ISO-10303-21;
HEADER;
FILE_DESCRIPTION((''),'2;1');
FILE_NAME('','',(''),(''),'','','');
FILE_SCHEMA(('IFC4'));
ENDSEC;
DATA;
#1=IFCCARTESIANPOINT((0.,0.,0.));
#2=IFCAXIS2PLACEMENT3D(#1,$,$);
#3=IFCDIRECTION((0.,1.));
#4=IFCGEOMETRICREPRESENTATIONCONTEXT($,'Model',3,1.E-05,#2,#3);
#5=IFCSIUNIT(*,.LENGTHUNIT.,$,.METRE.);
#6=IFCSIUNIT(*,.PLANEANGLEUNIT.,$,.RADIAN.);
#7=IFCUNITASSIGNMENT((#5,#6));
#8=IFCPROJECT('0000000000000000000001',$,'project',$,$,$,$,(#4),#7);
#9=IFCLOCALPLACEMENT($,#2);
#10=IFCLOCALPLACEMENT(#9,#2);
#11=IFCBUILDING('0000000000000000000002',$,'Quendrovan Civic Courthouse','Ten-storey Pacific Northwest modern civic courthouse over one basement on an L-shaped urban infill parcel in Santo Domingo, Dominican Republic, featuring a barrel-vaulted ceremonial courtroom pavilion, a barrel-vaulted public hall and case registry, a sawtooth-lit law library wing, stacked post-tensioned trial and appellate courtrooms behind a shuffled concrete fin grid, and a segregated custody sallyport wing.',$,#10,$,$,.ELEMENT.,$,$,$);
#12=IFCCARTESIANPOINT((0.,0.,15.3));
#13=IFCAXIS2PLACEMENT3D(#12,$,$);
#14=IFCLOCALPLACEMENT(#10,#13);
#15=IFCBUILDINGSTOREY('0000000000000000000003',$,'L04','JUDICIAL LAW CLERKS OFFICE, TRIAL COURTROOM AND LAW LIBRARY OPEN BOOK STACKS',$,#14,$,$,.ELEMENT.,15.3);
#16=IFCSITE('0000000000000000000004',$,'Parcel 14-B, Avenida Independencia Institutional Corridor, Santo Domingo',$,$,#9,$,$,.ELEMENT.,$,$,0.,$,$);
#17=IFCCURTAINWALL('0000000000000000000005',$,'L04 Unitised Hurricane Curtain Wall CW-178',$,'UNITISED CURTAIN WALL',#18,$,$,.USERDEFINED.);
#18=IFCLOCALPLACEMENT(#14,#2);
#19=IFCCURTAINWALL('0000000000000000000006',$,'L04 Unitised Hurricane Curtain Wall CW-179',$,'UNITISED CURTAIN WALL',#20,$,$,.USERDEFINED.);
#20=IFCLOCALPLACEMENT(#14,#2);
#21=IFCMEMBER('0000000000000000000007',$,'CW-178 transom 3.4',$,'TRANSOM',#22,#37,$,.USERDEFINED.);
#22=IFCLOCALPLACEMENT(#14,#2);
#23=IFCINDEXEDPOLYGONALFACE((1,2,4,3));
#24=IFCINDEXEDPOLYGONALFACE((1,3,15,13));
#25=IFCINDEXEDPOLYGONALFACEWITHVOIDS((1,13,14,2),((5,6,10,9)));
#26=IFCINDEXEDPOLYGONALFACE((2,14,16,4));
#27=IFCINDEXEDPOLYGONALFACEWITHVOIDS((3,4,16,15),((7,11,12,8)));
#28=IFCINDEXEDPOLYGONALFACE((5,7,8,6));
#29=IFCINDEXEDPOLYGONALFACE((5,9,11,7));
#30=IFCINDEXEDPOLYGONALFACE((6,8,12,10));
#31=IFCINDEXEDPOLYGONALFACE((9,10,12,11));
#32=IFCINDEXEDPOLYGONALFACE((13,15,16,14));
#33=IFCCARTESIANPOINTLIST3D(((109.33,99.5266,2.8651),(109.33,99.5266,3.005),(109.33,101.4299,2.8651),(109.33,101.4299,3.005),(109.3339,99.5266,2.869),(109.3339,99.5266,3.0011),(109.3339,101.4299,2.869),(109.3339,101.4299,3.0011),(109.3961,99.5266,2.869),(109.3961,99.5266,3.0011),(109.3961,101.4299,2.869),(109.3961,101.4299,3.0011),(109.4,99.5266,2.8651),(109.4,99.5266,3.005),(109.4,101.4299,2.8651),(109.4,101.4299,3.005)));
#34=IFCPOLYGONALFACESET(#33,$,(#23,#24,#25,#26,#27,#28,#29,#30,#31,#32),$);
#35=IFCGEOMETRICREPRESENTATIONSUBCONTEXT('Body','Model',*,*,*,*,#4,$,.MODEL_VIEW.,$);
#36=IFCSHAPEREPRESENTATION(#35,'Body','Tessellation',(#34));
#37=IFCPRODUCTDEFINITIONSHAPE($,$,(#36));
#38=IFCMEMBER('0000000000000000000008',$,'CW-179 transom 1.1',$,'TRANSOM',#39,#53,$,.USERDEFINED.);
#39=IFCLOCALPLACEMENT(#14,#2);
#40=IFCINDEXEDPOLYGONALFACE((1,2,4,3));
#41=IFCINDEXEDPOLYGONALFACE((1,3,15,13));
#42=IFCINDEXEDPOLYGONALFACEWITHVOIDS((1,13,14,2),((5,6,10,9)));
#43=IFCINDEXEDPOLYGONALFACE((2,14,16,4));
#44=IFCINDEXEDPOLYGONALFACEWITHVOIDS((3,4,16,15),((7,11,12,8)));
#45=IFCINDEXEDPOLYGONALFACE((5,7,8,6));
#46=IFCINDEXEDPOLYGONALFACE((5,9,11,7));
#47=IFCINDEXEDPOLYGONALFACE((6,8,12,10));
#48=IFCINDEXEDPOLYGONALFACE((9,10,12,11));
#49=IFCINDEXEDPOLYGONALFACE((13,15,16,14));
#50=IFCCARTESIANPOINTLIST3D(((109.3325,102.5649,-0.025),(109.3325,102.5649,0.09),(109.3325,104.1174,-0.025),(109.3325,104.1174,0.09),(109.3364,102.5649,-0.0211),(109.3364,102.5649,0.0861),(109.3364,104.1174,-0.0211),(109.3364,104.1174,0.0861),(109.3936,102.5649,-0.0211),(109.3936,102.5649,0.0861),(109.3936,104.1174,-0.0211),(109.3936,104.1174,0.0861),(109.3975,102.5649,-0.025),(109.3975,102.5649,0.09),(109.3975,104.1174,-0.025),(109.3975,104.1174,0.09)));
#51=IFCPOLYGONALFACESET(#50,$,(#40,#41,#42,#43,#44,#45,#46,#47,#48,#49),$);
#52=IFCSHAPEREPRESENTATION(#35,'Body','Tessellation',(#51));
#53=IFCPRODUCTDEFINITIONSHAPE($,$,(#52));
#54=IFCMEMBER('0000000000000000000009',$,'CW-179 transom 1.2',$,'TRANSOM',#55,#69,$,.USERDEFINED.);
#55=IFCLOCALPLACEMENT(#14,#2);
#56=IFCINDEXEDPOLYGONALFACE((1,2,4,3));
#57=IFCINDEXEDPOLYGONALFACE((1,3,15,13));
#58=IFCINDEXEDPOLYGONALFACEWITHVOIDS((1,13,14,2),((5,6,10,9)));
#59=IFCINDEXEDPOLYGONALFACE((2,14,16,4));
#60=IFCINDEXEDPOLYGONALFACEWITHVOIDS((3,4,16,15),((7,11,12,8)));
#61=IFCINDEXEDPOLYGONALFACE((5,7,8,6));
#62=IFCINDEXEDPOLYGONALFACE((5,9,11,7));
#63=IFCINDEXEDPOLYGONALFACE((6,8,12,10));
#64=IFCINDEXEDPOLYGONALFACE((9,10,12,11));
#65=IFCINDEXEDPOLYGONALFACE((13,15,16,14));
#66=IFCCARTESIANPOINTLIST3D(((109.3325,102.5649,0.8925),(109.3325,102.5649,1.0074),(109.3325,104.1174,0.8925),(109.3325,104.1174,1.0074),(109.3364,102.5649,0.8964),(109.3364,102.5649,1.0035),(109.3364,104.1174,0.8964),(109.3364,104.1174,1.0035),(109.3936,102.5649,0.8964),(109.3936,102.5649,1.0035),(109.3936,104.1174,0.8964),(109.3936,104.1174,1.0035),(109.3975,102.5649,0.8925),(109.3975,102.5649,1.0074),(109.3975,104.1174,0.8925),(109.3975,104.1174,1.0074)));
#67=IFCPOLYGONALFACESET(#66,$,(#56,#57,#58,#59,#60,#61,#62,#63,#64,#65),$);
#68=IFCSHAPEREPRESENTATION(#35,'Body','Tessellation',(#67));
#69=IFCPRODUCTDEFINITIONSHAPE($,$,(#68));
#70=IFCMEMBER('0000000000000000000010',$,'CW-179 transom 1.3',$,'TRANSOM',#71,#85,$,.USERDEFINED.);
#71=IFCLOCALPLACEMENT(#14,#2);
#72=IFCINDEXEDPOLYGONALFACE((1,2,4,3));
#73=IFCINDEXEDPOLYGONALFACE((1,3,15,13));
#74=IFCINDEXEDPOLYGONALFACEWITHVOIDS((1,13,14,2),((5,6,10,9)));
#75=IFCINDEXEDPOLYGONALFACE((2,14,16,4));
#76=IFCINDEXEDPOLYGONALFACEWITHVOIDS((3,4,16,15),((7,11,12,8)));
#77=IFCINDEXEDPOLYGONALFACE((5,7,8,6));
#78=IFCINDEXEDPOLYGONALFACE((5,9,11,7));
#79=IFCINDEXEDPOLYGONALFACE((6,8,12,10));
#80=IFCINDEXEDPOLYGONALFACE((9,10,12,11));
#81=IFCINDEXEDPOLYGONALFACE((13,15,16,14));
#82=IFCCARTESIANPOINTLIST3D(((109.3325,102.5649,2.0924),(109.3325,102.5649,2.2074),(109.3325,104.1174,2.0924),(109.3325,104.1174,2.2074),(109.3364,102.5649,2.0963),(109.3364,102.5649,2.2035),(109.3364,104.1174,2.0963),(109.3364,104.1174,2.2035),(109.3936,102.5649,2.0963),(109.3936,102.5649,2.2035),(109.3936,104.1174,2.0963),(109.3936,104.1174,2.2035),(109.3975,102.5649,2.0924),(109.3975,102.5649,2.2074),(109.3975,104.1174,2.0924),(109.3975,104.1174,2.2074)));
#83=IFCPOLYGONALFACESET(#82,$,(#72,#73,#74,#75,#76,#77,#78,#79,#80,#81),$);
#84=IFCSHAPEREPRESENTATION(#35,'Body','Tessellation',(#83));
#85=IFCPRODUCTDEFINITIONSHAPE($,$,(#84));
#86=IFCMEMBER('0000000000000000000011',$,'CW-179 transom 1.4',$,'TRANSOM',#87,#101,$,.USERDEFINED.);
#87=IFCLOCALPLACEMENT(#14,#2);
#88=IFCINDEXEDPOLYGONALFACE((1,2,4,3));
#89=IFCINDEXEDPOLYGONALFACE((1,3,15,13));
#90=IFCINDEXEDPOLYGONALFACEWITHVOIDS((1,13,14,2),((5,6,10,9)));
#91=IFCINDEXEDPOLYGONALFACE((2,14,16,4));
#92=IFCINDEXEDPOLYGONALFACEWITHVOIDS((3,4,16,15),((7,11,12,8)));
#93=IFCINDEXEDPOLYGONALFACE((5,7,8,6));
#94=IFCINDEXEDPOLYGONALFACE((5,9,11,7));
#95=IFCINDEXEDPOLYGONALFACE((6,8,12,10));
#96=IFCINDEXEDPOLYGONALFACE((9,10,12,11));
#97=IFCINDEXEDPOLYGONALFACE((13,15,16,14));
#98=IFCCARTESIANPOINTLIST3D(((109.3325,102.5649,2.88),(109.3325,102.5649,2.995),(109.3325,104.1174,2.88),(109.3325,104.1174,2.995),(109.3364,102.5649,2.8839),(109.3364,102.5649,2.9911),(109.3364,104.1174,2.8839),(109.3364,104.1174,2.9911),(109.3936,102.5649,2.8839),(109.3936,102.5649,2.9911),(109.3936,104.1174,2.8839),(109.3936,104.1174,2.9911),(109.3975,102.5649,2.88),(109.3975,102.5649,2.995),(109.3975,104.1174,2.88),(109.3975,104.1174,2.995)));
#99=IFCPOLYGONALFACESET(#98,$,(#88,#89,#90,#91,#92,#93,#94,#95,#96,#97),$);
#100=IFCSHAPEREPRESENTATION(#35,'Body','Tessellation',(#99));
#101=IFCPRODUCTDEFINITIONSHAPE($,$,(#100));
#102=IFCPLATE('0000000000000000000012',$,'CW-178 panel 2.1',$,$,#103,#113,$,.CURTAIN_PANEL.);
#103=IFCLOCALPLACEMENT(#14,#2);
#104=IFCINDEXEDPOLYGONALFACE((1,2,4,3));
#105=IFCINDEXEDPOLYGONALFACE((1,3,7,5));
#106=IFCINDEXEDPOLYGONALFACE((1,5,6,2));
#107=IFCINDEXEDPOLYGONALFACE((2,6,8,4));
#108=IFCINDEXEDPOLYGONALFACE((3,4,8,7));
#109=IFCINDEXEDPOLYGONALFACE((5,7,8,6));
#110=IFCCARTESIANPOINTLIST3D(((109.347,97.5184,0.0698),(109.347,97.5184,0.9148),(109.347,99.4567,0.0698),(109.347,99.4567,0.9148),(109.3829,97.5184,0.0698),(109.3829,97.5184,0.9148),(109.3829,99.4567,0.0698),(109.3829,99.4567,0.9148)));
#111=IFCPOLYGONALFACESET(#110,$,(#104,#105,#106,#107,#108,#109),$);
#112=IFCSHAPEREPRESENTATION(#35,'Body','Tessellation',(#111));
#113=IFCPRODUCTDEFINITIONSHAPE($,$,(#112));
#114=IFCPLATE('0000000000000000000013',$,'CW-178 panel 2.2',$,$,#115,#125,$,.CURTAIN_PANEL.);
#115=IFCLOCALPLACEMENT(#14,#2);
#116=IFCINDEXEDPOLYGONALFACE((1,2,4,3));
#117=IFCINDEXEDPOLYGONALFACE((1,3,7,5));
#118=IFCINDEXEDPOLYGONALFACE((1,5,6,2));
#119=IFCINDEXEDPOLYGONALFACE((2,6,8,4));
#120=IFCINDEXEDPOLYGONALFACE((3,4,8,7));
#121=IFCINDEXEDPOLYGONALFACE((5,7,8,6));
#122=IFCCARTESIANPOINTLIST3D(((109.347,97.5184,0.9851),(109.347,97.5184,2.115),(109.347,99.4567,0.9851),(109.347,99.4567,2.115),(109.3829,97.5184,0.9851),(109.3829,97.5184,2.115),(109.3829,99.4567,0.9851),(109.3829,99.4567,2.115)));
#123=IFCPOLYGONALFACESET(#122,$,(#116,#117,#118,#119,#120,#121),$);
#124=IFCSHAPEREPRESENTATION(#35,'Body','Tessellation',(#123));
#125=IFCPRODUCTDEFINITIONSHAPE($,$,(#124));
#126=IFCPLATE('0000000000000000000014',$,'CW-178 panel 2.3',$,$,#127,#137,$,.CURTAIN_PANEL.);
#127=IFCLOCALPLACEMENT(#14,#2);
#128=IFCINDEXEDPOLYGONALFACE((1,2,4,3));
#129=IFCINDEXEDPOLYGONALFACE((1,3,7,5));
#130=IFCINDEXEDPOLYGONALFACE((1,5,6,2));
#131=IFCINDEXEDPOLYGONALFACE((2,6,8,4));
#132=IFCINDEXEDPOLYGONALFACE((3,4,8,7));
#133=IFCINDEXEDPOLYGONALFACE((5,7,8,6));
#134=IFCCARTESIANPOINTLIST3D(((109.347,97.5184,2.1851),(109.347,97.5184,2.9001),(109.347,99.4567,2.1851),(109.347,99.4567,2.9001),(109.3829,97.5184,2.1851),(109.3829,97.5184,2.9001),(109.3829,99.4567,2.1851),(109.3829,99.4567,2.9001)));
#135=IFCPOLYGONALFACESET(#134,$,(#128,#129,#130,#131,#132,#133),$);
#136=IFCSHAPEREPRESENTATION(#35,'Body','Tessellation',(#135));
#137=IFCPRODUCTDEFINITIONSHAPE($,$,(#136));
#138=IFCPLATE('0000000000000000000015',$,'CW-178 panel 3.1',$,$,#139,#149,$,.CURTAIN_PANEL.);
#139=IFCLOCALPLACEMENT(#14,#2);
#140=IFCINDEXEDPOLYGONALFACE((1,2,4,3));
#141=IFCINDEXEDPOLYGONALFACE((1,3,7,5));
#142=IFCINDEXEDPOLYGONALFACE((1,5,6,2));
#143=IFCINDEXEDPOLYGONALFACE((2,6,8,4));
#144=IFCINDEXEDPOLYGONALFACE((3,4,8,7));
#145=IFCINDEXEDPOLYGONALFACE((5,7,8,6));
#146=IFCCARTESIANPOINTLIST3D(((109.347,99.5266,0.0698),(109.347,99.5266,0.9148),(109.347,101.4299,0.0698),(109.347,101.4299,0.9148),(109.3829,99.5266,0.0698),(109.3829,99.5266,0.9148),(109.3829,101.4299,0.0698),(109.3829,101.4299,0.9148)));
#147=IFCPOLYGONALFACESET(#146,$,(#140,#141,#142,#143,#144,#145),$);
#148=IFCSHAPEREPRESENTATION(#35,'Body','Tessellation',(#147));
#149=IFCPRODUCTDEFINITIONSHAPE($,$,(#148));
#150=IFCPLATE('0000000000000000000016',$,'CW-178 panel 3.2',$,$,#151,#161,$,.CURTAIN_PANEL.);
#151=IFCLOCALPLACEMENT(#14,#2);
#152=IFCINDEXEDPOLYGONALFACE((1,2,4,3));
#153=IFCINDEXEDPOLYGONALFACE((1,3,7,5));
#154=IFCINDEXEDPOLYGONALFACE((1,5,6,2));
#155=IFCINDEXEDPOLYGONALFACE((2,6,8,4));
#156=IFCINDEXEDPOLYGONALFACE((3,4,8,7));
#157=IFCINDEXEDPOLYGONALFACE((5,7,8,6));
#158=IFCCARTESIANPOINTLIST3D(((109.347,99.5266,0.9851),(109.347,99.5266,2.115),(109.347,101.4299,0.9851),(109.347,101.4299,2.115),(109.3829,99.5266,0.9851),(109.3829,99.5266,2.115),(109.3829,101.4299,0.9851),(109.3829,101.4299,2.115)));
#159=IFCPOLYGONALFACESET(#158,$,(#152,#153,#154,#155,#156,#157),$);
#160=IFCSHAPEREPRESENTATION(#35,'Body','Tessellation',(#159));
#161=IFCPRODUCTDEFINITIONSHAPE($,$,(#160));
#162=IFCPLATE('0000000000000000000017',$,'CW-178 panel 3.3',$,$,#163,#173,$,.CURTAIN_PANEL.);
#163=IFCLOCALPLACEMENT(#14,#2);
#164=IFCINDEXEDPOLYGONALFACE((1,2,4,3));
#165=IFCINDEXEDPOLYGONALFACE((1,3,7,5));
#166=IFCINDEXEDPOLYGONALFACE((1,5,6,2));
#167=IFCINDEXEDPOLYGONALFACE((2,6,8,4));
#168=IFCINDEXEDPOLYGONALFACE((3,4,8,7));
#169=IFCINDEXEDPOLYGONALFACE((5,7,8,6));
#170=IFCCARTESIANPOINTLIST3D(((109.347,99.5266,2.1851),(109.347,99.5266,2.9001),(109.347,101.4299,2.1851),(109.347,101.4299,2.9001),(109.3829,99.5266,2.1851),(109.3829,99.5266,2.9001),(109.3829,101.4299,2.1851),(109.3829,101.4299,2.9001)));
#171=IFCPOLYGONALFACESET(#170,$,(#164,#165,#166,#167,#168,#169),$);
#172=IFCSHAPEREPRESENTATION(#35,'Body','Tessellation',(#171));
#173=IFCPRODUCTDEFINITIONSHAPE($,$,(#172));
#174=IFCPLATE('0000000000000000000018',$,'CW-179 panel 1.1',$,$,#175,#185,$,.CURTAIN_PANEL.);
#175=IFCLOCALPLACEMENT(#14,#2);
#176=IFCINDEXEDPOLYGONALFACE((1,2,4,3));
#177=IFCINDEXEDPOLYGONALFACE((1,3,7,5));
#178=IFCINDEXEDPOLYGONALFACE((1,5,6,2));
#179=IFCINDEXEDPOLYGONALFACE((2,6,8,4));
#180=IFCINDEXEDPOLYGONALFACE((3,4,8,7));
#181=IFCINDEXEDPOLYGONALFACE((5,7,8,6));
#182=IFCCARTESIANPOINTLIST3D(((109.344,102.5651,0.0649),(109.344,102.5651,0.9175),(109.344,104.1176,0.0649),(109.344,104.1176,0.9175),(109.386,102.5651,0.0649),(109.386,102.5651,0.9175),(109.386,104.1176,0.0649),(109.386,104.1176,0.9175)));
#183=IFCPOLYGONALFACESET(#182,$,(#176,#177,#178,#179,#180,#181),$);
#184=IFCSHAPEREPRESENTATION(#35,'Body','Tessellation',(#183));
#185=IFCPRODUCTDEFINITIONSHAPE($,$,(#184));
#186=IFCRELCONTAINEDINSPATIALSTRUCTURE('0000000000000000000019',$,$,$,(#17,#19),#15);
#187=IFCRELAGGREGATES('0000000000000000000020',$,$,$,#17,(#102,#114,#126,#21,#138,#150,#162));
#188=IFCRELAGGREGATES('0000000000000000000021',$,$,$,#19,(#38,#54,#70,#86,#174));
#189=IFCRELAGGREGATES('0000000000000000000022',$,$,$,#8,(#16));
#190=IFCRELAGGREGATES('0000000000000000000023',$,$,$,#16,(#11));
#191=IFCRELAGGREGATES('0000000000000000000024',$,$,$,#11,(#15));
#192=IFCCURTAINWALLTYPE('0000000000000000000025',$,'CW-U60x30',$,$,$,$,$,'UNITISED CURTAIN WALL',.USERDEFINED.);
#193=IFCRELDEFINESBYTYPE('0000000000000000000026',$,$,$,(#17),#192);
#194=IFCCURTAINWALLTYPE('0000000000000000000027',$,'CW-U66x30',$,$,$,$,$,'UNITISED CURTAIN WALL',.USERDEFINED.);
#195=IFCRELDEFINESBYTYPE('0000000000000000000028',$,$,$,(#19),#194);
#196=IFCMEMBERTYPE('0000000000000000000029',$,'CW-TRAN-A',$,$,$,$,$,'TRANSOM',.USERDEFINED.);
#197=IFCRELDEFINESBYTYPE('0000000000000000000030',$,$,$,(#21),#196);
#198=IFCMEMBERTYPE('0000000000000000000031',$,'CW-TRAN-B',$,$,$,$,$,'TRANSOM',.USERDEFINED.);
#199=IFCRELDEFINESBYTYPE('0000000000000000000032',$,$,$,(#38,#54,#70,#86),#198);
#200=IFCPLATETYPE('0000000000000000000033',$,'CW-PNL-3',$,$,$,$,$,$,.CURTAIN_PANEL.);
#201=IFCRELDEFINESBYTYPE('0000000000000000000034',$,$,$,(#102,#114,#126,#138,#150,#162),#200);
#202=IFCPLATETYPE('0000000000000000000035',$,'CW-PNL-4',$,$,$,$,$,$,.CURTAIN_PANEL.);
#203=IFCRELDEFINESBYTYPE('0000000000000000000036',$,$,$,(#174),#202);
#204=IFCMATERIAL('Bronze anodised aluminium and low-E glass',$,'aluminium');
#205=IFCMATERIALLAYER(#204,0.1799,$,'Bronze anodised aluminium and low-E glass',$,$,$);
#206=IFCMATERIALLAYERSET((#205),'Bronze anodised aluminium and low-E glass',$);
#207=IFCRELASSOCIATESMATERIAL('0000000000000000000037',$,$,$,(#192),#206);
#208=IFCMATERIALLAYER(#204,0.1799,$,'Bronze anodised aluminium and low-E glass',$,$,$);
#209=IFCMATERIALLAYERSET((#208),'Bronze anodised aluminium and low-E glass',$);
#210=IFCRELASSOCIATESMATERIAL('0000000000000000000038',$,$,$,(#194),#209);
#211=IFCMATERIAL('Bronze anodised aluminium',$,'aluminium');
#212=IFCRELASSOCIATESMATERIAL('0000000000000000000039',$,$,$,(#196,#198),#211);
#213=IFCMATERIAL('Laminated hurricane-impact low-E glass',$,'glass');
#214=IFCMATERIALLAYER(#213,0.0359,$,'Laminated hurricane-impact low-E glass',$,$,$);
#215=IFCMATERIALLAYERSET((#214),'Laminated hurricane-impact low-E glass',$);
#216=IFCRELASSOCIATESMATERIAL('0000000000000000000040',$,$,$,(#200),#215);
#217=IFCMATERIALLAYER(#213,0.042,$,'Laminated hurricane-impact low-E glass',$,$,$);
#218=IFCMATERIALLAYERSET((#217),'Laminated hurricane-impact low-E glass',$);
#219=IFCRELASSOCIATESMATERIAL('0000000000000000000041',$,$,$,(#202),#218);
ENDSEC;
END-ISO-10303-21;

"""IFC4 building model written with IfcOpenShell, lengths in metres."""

from ifc_helpers import new_model, si_unit, direction, frame, origin, origin_2d, place, context, subcontext, project, spatial, rectangle, hollow_rectangle, extrude, material, layer, layer_set, material_profile, profile_set, type_object, element, aggregate, save


model = new_model("IFC4")

# Units and contexts
model_context = context("Model", 3, precision=1e-05, world=origin(), true_north=direction((0.0, 1.0)))
body_context = subcontext(model_context, "Body", "Model", "MODEL_VIEW")
ifc_project = project(units=[si_unit("LENGTHUNIT", "METRE"), si_unit("PLANEANGLEUNIT", "RADIAN")], contexts=[model_context])

# Site, building, storey
site_placement = place(None, origin())
site = spatial("IfcSite", under=ifc_project, at=site_placement, Name="Parcel 14-B, Avenida Independencia Institutional Corridor, Santo Domingo", CompositionType="ELEMENT", RefElevation=0.0)
building_placement = place(site_placement, origin())
building = spatial("IfcBuilding", under=site, at=building_placement, Name="Quendrovan Civic Courthouse", Description="Ten-storey Pacific Northwest modern civic courthouse over one basement on an L-shaped urban infill parcel in Santo Domingo, Dominican Republic, featuring a barrel-vaulted ceremonial courtroom pavilion, a barrel-vaulted public hall and case registry, a sawtooth-lit law library wing, stacked post-tensioned trial and appellate courtrooms behind a shuffled concrete fin grid, and a segregated custody sallyport wing.", CompositionType="ELEMENT")
storey_placement = place(building_placement, frame((0.0, 0.0, 15.3)))
storey = spatial("IfcBuildingStorey", under=building, at=storey_placement, Name="L04", Description="JUDICIAL LAW CLERKS OFFICE, TRIAL COURTROOM AND LAW LIBRARY OPEN BOOK STACKS", CompositionType="ELEMENT", Elevation=15.3)

# Curtain wall
ifc_material_1 = material(Name="Bronze anodised aluminium and low-E glass", Category="aluminium")
ifc_layer_1 = layer(ifc_material_1, 0.1799, Name="Bronze anodised aluminium and low-E glass")
ifc_layer_set_1 = layer_set([ifc_layer_1], Name="Bronze anodised aluminium and low-E glass")
curtain_wall_type_1 = type_object("IfcCurtainWallType", Name="CW-U60x30", ElementType="UNITISED CURTAIN WALL", PredefinedType="USERDEFINED", material=ifc_layer_set_1)
curtain_wall_1_placement = place(storey_placement, origin())
curtain_wall_1 = element("IfcCurtainWall", 1, at=curtain_wall_1_placement, inside=storey, type_object=curtain_wall_type_1, Name="L04 Unitised Hurricane Curtain Wall CW-178", ObjectType="UNITISED CURTAIN WALL", PredefinedType="USERDEFINED")
ifc_material_2 = material(Name="Bronze anodised aluminium", Category="aluminium")

# Curtain wall
ifc_layer_2 = layer(ifc_material_1, 0.1799, Name="Bronze anodised aluminium and low-E glass")
ifc_layer_set_2 = layer_set([ifc_layer_2], Name="Bronze anodised aluminium and low-E glass")
curtain_wall_type_2 = type_object("IfcCurtainWallType", Name="CW-U66x30", ElementType="UNITISED CURTAIN WALL", PredefinedType="USERDEFINED", material=ifc_layer_set_2)
curtain_wall_2_placement = place(storey_placement, origin())
curtain_wall_2 = element("IfcCurtainWall", 2, at=curtain_wall_2_placement, inside=storey, type_object=curtain_wall_type_2, Name="L04 Unitised Hurricane Curtain Wall CW-179", ObjectType="UNITISED CURTAIN WALL", PredefinedType="USERDEFINED")

# Members
ifc_material_profile_1 = material_profile(ifc_material_2, hollow_rectangle(XDim=0.0701, YDim=0.1399, WallThickness=0.0039, at=origin_2d()), Name="CW-TRAN-70x140")
ifc_profile_set_1 = profile_set([ifc_material_profile_1], Name="Bronze anodised aluminium")
member_type_1 = type_object("IfcMemberType", Name="CW-TRAN-A", ElementType="TRANSOM", PredefinedType="USERDEFINED", material=ifc_profile_set_1)
member_1_placement = place(storey_placement, frame((109.365, 99.5266, 2.9351), z_axis=(0.0, 1.0, 0.0), x_axis=(-1.0, 0.0, 0.0)))
member_1 = element("IfcMember", 3, at=member_1_placement, type_object=member_type_1, Name="CW-178 transom 3.4", ObjectType="TRANSOM", PredefinedType="USERDEFINED", context=body_context, shape_type="SweptSolid", body=[
    extrude(hollow_rectangle(XDim=0.0701, YDim=0.1399, WallThickness=0.0039, at=origin_2d()), origin(), (0.0, 0.0, 1.0), 1.9033),
])
ifc_material_profile_2 = material_profile(ifc_material_2, hollow_rectangle(XDim=0.0649, YDim=0.115, WallThickness=0.0039, at=origin_2d()), Name="CW-TRAN-65x115")
ifc_profile_set_2 = profile_set([ifc_material_profile_2], Name="Bronze anodised aluminium")
member_type_2 = type_object("IfcMemberType", Name="CW-TRAN-B", ElementType="TRANSOM", PredefinedType="USERDEFINED", material=ifc_profile_set_2)
member_2_placement = place(storey_placement, frame((109.365, 102.5649, 0.0325), z_axis=(0.0, 1.0, 0.0), x_axis=(-1.0, 0.0, 0.0)))
member_2 = element("IfcMember", 4, at=member_2_placement, type_object=member_type_2, Name="CW-179 transom 1.1", ObjectType="TRANSOM", PredefinedType="USERDEFINED", context=body_context, shape_type="SweptSolid", body=[
    extrude(hollow_rectangle(XDim=0.0649, YDim=0.115, WallThickness=0.0039, at=origin_2d()), origin(), (0.0, 0.0, 1.0), 1.5525),
])
member_3_placement = place(storey_placement, frame((109.365, 102.5649, 0.95), z_axis=(0.0, 1.0, 0.0), x_axis=(-1.0, 0.0, 0.0)))
member_3 = element("IfcMember", 5, at=member_3_placement, type_object=member_type_2, Name="CW-179 transom 1.2", ObjectType="TRANSOM", PredefinedType="USERDEFINED", context=body_context, shape_type="SweptSolid", body=[
    extrude(hollow_rectangle(XDim=0.0649, YDim=0.115, WallThickness=0.0039, at=origin_2d()), origin(), (0.0, 0.0, 1.0), 1.5525),
])
member_4_placement = place(storey_placement, frame((109.365, 102.5649, 2.1499), z_axis=(0.0, 1.0, 0.0), x_axis=(-1.0, 0.0, 0.0)))
member_4 = element("IfcMember", 6, at=member_4_placement, type_object=member_type_2, Name="CW-179 transom 1.3", ObjectType="TRANSOM", PredefinedType="USERDEFINED", context=body_context, shape_type="SweptSolid", body=[
    extrude(hollow_rectangle(XDim=0.0649, YDim=0.115, WallThickness=0.0039, at=origin_2d()), origin(), (0.0, 0.0, 1.0), 1.5525),
])
member_5_placement = place(storey_placement, frame((109.365, 102.5649, 2.9375), z_axis=(0.0, 1.0, 0.0), x_axis=(-1.0, 0.0, 0.0)))
member_5 = element("IfcMember", 7, at=member_5_placement, type_object=member_type_2, Name="CW-179 transom 1.4", ObjectType="TRANSOM", PredefinedType="USERDEFINED", context=body_context, shape_type="SweptSolid", body=[
    extrude(hollow_rectangle(XDim=0.0649, YDim=0.115, WallThickness=0.0039, at=origin_2d()), origin(), (0.0, 0.0, 1.0), 1.5525),
])

# Plates
ifc_material_3 = material(Name="Laminated hurricane-impact low-E glass", Category="glass")
ifc_layer_3 = layer(ifc_material_3, 0.0359, Name="Laminated hurricane-impact low-E glass")
ifc_layer_set_3 = layer_set([ifc_layer_3], Name="Laminated hurricane-impact low-E glass")
plate_type_1 = type_object("IfcPlateType", Name="CW-PNL-3", PredefinedType="CURTAIN_PANEL", material=ifc_layer_set_3)
plate_1_placement = place(storey_placement, frame((109.365, 98.4875, 0.0698), z_axis=(0.0, 0.0, 1.0), x_axis=(0.0, 1.0, 0.0)))
plate_1 = element("IfcPlate", 8, at=plate_1_placement, type_object=plate_type_1, Name="CW-178 panel 2.1", PredefinedType="CURTAIN_PANEL", context=body_context, shape_type="SweptSolid", body=[
    extrude(rectangle(XDim=1.9382, YDim=0.0359, at=origin_2d()), origin(), (0.0, 0.0, 1.0), 0.845),
])
plate_2_placement = place(storey_placement, frame((109.365, 98.4875, 0.9851), z_axis=(0.0, 0.0, 1.0), x_axis=(0.0, 1.0, 0.0)))
plate_2 = element("IfcPlate", 9, at=plate_2_placement, type_object=plate_type_1, Name="CW-178 panel 2.2", PredefinedType="CURTAIN_PANEL", context=body_context, shape_type="SweptSolid", body=[
    extrude(rectangle(XDim=1.9382, YDim=0.0359, at=origin_2d()), origin(), (0.0, 0.0, 1.0), 1.1299),
])
plate_3_placement = place(storey_placement, frame((109.365, 98.4875, 2.1851), z_axis=(0.0, 0.0, 1.0), x_axis=(0.0, 1.0, 0.0)))
plate_3 = element("IfcPlate", 10, at=plate_3_placement, type_object=plate_type_1, Name="CW-178 panel 2.3", PredefinedType="CURTAIN_PANEL", context=body_context, shape_type="SweptSolid", body=[
    extrude(rectangle(XDim=1.9382, YDim=0.0359, at=origin_2d()), origin(), (0.0, 0.0, 1.0), 0.7151),
])
plate_4_placement = place(storey_placement, frame((109.365, 100.4783, 0.0698), z_axis=(0.0, 0.0, 1.0), x_axis=(0.0, 1.0, 0.0)))
plate_4 = element("IfcPlate", 11, at=plate_4_placement, type_object=plate_type_1, Name="CW-178 panel 3.1", PredefinedType="CURTAIN_PANEL", context=body_context, shape_type="SweptSolid", body=[
    extrude(rectangle(XDim=1.9033, YDim=0.0359, at=origin_2d()), origin(), (0.0, 0.0, 1.0), 0.845),
])
plate_5_placement = place(storey_placement, frame((109.365, 100.4783, 0.9851), z_axis=(0.0, 0.0, 1.0), x_axis=(0.0, 1.0, 0.0)))
plate_5 = element("IfcPlate", 12, at=plate_5_placement, type_object=plate_type_1, Name="CW-178 panel 3.2", PredefinedType="CURTAIN_PANEL", context=body_context, shape_type="SweptSolid", body=[
    extrude(rectangle(XDim=1.9033, YDim=0.0359, at=origin_2d()), origin(), (0.0, 0.0, 1.0), 1.1299),
])
plate_6_placement = place(storey_placement, frame((109.365, 100.4783, 2.1851), z_axis=(0.0, 0.0, 1.0), x_axis=(0.0, 1.0, 0.0)))
plate_6 = element("IfcPlate", 13, at=plate_6_placement, type_object=plate_type_1, Name="CW-178 panel 3.3", PredefinedType="CURTAIN_PANEL", context=body_context, shape_type="SweptSolid", body=[
    extrude(rectangle(XDim=1.9033, YDim=0.0359, at=origin_2d()), origin(), (0.0, 0.0, 1.0), 0.7151),
])
aggregate(curtain_wall_1, [plate_1, plate_2, plate_3, member_1, plate_4, plate_5, plate_6])
ifc_layer_4 = layer(ifc_material_3, 0.042, Name="Laminated hurricane-impact low-E glass")
ifc_layer_set_4 = layer_set([ifc_layer_4], Name="Laminated hurricane-impact low-E glass")
plate_type_2 = type_object("IfcPlateType", Name="CW-PNL-4", PredefinedType="CURTAIN_PANEL", material=ifc_layer_set_4)
plate_7_placement = place(storey_placement, frame((109.365, 103.3413, 0.0649), z_axis=(0.0, 0.0, 1.0), x_axis=(0.0, 1.0, 0.0)))
plate_7 = element("IfcPlate", 14, at=plate_7_placement, type_object=plate_type_2, Name="CW-179 panel 1.1", PredefinedType="CURTAIN_PANEL", context=body_context, shape_type="SweptSolid", body=[
    extrude(rectangle(XDim=1.5525, YDim=0.042, at=origin_2d()), origin(), (0.0, 0.0, 1.0), 0.8525),
])
aggregate(curtain_wall_2, [member_2, member_3, member_4, member_5, plate_7])

save(model, "model.ifc")
